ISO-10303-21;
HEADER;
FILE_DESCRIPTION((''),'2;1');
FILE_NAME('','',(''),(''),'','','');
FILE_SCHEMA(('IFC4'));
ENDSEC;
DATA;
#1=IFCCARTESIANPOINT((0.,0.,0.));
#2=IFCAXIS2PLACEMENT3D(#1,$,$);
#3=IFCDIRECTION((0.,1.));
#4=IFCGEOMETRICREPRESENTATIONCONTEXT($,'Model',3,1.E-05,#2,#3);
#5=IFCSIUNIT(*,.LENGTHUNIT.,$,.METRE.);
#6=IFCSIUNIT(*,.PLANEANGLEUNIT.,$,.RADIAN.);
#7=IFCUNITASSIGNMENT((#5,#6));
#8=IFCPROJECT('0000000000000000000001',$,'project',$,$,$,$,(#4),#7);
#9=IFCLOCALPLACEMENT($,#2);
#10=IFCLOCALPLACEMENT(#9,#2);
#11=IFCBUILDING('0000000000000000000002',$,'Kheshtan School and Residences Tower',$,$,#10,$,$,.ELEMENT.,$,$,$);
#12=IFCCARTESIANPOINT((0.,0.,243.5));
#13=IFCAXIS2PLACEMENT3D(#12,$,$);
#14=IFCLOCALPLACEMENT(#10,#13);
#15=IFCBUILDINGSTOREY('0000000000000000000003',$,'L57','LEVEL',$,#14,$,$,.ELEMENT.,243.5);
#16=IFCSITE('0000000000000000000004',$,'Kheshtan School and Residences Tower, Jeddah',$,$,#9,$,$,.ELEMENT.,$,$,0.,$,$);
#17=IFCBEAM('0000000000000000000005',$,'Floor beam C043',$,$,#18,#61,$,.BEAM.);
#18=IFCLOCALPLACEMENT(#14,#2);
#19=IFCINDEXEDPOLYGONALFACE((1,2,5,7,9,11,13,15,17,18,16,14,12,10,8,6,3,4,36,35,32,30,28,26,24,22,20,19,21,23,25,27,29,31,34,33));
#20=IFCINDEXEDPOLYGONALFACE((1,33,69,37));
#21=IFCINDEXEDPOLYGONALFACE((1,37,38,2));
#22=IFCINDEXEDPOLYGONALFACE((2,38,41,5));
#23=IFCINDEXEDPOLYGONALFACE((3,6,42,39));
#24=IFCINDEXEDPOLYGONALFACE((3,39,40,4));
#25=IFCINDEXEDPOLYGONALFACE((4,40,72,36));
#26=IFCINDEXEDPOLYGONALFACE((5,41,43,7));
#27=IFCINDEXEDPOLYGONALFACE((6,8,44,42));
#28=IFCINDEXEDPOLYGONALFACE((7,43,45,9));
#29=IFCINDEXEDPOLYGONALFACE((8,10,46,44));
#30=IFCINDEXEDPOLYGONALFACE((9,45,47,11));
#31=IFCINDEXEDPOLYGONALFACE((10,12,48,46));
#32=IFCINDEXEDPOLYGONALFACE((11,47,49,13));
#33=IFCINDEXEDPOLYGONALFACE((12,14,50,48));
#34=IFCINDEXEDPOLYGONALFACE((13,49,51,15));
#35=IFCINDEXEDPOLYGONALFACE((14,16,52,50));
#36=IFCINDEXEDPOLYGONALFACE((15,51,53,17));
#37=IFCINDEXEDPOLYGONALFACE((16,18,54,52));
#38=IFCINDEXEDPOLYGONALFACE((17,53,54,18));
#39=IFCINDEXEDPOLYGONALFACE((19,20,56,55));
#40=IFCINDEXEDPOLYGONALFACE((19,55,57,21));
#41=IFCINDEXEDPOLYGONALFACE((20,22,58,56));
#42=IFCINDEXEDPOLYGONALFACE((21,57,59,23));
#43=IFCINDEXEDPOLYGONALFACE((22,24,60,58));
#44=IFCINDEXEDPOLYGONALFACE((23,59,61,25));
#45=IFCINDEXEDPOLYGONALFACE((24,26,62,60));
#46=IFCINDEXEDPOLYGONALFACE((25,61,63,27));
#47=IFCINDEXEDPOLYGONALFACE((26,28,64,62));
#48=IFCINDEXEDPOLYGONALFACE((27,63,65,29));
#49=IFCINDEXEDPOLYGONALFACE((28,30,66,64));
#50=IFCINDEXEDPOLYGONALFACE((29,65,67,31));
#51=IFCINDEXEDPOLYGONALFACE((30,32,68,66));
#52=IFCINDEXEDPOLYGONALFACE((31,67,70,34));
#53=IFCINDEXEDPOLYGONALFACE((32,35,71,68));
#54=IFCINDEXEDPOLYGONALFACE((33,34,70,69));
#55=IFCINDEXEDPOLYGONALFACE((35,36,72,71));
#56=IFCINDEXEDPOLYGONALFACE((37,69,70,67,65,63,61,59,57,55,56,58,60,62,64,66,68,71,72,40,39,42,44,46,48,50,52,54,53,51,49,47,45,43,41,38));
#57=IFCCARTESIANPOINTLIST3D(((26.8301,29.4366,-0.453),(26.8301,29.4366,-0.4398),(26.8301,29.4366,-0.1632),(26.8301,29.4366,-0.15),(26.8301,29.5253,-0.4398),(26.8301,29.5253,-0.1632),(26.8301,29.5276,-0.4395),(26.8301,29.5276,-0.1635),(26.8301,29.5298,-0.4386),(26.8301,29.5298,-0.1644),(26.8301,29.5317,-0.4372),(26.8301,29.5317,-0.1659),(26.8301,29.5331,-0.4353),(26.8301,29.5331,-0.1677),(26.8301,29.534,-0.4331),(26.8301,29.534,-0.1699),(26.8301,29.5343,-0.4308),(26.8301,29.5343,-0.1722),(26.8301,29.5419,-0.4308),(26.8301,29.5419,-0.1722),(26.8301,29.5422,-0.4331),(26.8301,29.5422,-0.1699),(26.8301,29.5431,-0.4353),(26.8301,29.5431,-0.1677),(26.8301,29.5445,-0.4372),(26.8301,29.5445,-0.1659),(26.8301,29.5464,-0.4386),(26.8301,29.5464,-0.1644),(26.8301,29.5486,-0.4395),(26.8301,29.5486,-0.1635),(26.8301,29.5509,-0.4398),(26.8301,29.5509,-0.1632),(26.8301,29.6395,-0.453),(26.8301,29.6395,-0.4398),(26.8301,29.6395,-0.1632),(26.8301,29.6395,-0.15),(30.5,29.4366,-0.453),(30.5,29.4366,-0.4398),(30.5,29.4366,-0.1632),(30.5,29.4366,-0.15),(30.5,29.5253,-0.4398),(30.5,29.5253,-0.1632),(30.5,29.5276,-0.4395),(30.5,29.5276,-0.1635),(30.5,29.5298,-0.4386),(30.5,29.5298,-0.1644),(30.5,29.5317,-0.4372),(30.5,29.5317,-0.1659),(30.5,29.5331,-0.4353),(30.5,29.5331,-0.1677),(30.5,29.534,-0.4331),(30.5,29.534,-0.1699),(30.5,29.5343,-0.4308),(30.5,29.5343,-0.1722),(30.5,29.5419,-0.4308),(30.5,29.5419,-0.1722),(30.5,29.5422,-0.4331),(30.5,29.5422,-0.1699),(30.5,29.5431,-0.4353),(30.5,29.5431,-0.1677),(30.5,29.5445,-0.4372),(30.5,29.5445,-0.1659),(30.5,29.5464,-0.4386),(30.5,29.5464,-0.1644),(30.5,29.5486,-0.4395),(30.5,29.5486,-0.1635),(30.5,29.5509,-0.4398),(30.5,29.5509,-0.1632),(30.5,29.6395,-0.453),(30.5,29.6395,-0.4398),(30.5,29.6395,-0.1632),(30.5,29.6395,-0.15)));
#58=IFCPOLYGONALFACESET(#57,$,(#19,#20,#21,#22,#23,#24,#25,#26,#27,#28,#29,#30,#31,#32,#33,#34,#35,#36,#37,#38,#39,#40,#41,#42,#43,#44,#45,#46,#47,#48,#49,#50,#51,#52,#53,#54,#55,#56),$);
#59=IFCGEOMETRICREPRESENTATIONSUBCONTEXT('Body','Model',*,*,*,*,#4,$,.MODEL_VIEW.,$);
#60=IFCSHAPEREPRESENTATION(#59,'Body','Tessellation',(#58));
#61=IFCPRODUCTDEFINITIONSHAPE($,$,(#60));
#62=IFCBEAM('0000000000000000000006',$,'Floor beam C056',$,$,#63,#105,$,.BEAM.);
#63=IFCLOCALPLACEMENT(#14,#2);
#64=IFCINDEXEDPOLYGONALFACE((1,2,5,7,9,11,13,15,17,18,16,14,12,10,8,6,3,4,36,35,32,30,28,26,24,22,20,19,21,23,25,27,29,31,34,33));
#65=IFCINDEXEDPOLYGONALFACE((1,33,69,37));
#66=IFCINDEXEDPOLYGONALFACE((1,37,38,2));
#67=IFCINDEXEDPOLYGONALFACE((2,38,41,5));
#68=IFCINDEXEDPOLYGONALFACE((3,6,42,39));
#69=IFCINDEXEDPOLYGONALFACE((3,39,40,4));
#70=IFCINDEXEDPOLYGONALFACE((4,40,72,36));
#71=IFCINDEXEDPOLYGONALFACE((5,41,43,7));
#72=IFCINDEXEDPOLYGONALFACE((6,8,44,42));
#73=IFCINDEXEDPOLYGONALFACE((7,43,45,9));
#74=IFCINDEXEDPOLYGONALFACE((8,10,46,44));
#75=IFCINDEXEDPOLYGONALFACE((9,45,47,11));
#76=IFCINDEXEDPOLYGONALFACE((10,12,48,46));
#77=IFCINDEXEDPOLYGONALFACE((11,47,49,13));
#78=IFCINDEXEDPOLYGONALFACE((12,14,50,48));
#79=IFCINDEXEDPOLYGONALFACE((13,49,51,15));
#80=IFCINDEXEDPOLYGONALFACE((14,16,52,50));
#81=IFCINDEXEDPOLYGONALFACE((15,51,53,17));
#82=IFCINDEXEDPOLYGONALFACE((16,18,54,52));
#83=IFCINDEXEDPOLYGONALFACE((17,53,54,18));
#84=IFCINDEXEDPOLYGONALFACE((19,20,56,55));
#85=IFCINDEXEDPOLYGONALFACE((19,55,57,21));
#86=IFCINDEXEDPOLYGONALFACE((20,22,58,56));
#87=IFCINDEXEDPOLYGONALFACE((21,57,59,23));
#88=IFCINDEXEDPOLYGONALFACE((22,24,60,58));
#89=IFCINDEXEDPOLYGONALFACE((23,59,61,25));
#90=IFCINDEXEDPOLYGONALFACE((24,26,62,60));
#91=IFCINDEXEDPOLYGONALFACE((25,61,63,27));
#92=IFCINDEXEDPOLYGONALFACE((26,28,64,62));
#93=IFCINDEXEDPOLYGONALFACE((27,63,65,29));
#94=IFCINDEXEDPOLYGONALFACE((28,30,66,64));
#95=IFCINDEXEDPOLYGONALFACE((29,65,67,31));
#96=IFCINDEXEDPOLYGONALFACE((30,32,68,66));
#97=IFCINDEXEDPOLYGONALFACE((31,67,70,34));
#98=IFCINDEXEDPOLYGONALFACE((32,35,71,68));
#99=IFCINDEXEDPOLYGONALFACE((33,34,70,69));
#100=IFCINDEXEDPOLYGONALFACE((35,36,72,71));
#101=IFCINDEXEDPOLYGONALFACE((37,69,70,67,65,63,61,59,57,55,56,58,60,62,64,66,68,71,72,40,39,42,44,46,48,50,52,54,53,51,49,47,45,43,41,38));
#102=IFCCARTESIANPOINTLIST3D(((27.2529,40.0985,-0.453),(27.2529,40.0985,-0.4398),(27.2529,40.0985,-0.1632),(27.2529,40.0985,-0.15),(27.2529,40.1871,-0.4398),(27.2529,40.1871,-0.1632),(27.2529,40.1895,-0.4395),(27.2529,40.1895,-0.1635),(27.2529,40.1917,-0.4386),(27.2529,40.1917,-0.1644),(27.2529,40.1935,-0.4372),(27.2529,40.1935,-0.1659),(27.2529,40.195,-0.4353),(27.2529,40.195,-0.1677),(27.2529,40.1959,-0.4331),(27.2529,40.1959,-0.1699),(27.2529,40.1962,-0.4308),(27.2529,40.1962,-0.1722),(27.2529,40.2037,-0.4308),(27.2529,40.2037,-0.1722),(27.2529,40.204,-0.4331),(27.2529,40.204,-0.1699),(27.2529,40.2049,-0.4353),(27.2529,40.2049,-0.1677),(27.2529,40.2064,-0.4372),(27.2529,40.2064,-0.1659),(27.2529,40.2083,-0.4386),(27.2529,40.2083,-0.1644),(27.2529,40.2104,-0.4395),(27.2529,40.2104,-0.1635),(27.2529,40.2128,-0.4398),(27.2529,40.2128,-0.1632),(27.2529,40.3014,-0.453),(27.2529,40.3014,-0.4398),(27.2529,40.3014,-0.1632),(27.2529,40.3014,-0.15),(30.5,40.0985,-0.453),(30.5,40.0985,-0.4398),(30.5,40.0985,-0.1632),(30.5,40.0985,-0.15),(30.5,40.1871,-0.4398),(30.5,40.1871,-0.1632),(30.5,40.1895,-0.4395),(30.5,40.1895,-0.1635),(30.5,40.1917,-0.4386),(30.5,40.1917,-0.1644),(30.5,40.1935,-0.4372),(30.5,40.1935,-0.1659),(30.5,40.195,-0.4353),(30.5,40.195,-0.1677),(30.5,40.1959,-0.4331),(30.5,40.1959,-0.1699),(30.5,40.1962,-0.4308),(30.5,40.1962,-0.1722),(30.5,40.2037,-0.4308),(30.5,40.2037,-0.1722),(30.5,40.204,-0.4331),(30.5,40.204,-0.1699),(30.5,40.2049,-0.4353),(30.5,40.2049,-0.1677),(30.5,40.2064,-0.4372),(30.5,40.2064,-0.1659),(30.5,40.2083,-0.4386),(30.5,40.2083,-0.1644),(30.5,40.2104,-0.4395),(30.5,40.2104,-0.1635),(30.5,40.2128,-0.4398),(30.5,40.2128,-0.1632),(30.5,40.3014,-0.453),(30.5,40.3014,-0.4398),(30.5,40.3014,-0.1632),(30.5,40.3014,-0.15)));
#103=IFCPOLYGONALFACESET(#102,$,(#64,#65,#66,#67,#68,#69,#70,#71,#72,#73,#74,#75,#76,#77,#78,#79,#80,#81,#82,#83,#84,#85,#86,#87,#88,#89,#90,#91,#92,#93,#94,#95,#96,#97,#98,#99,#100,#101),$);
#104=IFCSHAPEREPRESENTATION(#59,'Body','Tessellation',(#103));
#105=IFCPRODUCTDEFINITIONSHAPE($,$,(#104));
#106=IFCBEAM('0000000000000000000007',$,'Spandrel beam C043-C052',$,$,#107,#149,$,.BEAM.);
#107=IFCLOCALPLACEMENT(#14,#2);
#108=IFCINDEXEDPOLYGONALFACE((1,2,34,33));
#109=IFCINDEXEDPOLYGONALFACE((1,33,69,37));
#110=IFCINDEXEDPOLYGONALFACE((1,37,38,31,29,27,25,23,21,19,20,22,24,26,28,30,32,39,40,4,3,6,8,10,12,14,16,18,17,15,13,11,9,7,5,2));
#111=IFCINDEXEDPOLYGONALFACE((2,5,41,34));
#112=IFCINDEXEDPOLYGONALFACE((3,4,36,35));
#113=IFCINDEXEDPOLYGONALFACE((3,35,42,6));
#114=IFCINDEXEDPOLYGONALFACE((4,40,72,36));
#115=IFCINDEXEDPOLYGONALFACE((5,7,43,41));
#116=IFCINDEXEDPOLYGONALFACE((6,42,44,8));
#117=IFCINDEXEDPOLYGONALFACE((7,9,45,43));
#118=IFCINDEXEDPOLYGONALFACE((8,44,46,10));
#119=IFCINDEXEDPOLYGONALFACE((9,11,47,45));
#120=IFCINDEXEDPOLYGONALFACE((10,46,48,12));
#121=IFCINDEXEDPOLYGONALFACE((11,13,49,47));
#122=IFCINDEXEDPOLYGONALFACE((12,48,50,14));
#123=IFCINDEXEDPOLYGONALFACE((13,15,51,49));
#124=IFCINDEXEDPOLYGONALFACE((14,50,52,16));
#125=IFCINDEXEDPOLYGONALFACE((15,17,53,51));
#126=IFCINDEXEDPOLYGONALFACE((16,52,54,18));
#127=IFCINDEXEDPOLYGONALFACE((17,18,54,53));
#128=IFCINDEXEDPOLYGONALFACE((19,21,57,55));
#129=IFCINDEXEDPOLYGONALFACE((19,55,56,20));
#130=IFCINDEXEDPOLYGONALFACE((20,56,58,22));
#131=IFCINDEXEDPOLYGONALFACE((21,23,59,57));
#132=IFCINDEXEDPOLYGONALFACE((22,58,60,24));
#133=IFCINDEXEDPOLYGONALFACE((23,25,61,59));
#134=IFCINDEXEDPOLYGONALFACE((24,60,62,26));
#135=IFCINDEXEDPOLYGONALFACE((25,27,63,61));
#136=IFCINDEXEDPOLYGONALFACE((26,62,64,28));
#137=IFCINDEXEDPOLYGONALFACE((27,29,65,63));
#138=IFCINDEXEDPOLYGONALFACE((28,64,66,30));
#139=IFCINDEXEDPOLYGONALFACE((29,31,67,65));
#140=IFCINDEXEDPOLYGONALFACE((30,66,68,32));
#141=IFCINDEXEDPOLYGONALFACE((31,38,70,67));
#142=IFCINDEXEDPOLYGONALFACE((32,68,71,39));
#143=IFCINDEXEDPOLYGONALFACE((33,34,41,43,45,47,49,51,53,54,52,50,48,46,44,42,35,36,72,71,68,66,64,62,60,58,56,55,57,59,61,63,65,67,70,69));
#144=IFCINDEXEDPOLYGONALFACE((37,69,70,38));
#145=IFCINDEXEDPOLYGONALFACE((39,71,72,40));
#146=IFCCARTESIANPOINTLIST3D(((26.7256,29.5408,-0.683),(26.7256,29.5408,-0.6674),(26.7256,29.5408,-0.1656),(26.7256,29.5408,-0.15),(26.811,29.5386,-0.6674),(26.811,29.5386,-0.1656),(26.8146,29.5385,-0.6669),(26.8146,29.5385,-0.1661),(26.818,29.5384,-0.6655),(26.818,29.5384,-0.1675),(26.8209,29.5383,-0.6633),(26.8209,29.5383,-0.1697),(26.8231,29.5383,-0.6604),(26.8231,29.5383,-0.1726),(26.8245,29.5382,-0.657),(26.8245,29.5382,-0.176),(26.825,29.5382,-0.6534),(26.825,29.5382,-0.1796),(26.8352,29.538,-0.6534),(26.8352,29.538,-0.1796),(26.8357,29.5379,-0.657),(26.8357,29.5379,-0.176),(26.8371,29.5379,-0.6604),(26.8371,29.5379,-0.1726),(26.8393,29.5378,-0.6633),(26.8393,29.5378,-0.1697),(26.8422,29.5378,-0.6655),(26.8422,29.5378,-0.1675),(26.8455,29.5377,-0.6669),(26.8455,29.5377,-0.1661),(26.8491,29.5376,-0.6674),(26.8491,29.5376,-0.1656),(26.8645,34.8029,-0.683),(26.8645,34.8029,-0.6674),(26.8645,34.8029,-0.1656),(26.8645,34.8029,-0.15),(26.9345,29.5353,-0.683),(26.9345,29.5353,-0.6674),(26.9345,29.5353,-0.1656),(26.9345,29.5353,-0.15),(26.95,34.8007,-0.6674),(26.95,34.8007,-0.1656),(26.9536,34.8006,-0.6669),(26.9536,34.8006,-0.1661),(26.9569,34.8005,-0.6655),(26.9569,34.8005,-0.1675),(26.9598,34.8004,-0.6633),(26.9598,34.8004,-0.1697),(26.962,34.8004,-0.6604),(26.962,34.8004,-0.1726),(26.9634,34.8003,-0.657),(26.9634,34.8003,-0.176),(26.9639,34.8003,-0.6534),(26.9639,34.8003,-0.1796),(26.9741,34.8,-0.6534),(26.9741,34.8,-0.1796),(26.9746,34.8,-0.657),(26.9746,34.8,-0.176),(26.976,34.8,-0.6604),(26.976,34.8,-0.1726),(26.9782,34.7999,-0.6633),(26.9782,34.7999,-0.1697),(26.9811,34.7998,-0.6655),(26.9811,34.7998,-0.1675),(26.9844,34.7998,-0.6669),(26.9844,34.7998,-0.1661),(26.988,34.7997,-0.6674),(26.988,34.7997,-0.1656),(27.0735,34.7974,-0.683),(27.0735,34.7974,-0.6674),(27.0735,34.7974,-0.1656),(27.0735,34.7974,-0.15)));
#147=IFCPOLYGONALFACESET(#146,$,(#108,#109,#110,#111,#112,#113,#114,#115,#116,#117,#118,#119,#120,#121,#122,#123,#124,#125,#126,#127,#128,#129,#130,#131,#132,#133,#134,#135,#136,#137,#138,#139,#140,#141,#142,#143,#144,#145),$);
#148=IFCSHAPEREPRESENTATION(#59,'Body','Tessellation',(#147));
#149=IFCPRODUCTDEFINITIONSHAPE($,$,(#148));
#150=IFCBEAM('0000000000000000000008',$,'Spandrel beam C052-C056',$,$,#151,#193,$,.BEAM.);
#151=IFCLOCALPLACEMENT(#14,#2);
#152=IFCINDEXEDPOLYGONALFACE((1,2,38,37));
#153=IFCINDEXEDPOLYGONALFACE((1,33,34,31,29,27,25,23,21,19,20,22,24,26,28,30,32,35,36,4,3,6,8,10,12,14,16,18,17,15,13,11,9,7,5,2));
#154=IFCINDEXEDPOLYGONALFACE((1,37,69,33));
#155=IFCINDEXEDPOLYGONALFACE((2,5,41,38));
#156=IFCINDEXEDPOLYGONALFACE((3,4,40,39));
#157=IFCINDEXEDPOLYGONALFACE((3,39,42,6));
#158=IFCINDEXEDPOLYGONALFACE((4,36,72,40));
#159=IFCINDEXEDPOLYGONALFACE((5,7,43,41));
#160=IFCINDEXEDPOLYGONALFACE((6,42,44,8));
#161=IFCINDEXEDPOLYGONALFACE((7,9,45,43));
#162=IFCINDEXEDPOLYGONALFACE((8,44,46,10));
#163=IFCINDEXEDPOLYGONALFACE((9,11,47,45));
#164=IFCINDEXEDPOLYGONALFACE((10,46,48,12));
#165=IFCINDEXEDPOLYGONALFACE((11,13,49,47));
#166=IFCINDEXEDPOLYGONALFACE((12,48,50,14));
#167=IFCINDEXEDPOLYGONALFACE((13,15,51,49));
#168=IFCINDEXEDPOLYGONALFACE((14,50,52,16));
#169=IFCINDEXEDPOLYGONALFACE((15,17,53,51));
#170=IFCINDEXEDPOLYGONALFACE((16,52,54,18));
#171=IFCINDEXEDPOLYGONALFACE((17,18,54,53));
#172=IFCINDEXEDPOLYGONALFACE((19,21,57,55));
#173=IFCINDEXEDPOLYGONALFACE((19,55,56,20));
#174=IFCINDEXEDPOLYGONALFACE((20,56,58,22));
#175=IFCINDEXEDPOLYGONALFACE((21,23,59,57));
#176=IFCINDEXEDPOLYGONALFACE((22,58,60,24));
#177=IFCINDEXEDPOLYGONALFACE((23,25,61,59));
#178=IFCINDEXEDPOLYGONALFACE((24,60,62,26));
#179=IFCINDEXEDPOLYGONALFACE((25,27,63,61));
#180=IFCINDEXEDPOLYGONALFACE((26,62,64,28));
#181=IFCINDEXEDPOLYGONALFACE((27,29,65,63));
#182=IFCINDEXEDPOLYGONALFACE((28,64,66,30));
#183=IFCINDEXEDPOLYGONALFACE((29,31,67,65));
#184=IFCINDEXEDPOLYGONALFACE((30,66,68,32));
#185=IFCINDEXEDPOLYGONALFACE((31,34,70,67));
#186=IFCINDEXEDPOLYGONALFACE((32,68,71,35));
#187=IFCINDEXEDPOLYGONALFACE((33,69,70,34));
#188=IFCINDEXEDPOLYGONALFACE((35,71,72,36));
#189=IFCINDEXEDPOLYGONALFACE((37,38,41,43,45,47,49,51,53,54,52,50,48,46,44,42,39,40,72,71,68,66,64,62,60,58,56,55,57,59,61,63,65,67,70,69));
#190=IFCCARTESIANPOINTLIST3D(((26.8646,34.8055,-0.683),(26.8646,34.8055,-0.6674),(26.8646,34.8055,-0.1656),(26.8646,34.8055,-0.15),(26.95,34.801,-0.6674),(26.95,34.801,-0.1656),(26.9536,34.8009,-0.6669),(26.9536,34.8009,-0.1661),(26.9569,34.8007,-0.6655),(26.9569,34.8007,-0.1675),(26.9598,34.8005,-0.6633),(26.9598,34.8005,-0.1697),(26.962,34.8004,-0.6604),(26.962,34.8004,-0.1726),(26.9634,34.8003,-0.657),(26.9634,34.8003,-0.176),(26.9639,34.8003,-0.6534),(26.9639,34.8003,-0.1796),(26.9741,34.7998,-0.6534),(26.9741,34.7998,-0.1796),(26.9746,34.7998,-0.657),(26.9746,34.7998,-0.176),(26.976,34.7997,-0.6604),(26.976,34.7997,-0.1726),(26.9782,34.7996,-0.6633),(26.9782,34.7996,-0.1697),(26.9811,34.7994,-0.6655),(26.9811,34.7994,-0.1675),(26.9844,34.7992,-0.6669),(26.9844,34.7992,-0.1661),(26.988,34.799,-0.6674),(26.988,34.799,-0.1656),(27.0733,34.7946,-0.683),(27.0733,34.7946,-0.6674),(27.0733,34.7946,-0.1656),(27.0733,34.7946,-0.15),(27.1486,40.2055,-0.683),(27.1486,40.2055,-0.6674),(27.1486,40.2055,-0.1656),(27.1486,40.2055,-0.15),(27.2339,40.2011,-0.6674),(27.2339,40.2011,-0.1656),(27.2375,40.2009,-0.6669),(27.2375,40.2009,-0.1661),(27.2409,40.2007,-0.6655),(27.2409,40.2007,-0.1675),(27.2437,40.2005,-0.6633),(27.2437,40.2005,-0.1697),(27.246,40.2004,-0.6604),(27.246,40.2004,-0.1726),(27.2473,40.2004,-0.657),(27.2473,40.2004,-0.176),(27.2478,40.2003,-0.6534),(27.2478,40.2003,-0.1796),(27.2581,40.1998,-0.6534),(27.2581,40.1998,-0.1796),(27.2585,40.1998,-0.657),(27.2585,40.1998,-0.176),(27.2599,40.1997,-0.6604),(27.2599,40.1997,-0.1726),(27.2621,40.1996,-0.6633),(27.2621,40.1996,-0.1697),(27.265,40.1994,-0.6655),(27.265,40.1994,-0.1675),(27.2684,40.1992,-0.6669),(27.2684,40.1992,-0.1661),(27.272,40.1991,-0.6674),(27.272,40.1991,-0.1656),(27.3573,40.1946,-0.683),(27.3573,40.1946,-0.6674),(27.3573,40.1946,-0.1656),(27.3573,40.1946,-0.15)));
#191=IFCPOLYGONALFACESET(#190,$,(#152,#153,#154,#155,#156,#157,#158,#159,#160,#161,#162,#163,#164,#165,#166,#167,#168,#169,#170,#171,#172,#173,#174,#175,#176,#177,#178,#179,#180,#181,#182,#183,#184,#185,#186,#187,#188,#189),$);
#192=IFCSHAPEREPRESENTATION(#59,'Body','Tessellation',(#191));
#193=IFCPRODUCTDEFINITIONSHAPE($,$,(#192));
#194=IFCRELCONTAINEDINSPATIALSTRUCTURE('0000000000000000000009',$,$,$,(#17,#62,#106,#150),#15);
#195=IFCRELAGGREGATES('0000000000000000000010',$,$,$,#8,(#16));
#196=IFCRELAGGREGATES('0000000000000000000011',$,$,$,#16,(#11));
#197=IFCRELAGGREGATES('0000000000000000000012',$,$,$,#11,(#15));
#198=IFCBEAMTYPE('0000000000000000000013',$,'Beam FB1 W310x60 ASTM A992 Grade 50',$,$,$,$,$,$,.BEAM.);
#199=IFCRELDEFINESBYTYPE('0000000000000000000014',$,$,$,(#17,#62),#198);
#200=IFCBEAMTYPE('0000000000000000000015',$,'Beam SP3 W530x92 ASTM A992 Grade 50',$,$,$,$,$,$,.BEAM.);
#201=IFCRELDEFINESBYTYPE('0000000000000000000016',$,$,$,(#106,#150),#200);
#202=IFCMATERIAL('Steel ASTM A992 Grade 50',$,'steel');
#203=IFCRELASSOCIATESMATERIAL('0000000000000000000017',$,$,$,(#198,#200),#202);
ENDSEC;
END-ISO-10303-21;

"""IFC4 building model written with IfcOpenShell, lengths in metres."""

from ifc_helpers import new_model, si_unit, direction, frame, origin, origin_2d, place, context, subcontext, project, spatial, i_section, extrude, material, material_profile, profile_set, type_object, element, save


model = new_model("IFC4")

# Units and contexts
model_context = context("Model", 3, precision=1e-05, world=origin(), true_north=direction((0.0, 1.0)))
body_context = subcontext(model_context, "Body", "Model", "MODEL_VIEW")
ifc_project = project(units=[si_unit("LENGTHUNIT", "METRE"), si_unit("PLANEANGLEUNIT", "RADIAN")], contexts=[model_context])

# Site, building, storey
site_placement = place(None, origin())
site = spatial("IfcSite", under=ifc_project, at=site_placement, Name="Kheshtan School and Residences Tower, Jeddah", CompositionType="ELEMENT", RefElevation=0.0)
building_placement = place(site_placement, origin())
building = spatial("IfcBuilding", under=site, at=building_placement, Name="Kheshtan School and Residences Tower", CompositionType="ELEMENT")
storey_placement = place(building_placement, frame((0.0, 0.0, 243.5)))
storey = spatial("IfcBuildingStorey", under=building, at=storey_placement, Name="L57", Description="LEVEL", CompositionType="ELEMENT", Elevation=243.5)

# Shared definitions
ifc_material_1 = material(Name="Steel ASTM A992 Grade 50", Category="steel")

# Beams
ifc_material_profile_1 = material_profile(ifc_material_1, i_section(OverallWidth=0.2029, OverallDepth=0.303, WebThickness=0.0076, FlangeThickness=0.0132, FilletRadius=0.009, at=origin_2d()), Name="W310x60")
ifc_profile_set_1 = profile_set([ifc_material_profile_1], Name="Steel ASTM A992 Grade 50")
beam_type_1 = type_object("IfcBeamType", Name="Beam FB1 W310x60 ASTM A992 Grade 50", PredefinedType="BEAM", material=ifc_profile_set_1)
beam_1_placement = place(storey_placement, frame((26.8301, 29.5381, -0.3015), z_axis=(1.0, 0.0, 0.0), x_axis=(0.0, 1.0, 0.0)))
element("IfcBeam", 1, at=beam_1_placement, inside=storey, type_object=beam_type_1, Name="Floor beam C043", PredefinedType="BEAM", context=body_context, shape_type="SweptSolid", body=[
    extrude(i_section(OverallWidth=0.2029, OverallDepth=0.303, WebThickness=0.0076, FlangeThickness=0.0132, FilletRadius=0.009, at=origin_2d()), origin(), (0.0, 0.0, 1.0), 3.6699),
])
beam_2_placement = place(storey_placement, frame((27.2529, 40.2, -0.3015), z_axis=(1.0, 0.0, 0.0), x_axis=(0.0, 1.0, 0.0)))
element("IfcBeam", 2, at=beam_2_placement, inside=storey, type_object=beam_type_1, Name="Floor beam C056", PredefinedType="BEAM", context=body_context, shape_type="SweptSolid", body=[
    extrude(i_section(OverallWidth=0.2029, OverallDepth=0.303, WebThickness=0.0076, FlangeThickness=0.0132, FilletRadius=0.009, at=origin_2d()), origin(), (0.0, 0.0, 1.0), 3.2471),
])
ifc_material_profile_2 = material_profile(ifc_material_1, i_section(OverallWidth=0.209, OverallDepth=0.533, WebThickness=0.0103, FlangeThickness=0.0156, FilletRadius=0.0139, at=origin_2d()), Name="W530x92")
ifc_profile_set_2 = profile_set([ifc_material_profile_2], Name="Steel ASTM A992 Grade 50")
beam_type_2 = type_object("IfcBeamType", Name="Beam SP3 W530x92 ASTM A992 Grade 50", PredefinedType="BEAM", material=ifc_profile_set_2)
beam_3_placement = place(storey_placement, frame((26.8301, 29.5381, -0.4165), z_axis=(0.026391, 0.999652, 0.0), x_axis=(-0.999652, 0.026391, 0.0)))
element("IfcBeam", 3, at=beam_3_placement, inside=storey, type_object=beam_type_2, Name="Spandrel beam C043-C052", PredefinedType="BEAM", context=body_context, shape_type="SweptSolid", body=[
    extrude(i_section(OverallWidth=0.209, OverallDepth=0.533, WebThickness=0.0103, FlangeThickness=0.0156, FilletRadius=0.0139, at=origin_2d()), origin(), (0.0, 0.0, 1.0), 5.2639),
])
beam_4_placement = place(storey_placement, frame((26.969, 34.8, -0.4165), z_axis=(0.052509, 0.99862, 0.0), x_axis=(-0.99862, 0.052509, 0.0)))
element("IfcBeam", 4, at=beam_4_placement, inside=storey, type_object=beam_type_2, Name="Spandrel beam C052-C056", PredefinedType="BEAM", context=body_context, shape_type="SweptSolid", body=[
    extrude(i_section(OverallWidth=0.209, OverallDepth=0.533, WebThickness=0.0103, FlangeThickness=0.0156, FilletRadius=0.0139, at=origin_2d()), origin(), (0.0, 0.0, 1.0), 5.4075),
])

save(model, "model.ifc")
